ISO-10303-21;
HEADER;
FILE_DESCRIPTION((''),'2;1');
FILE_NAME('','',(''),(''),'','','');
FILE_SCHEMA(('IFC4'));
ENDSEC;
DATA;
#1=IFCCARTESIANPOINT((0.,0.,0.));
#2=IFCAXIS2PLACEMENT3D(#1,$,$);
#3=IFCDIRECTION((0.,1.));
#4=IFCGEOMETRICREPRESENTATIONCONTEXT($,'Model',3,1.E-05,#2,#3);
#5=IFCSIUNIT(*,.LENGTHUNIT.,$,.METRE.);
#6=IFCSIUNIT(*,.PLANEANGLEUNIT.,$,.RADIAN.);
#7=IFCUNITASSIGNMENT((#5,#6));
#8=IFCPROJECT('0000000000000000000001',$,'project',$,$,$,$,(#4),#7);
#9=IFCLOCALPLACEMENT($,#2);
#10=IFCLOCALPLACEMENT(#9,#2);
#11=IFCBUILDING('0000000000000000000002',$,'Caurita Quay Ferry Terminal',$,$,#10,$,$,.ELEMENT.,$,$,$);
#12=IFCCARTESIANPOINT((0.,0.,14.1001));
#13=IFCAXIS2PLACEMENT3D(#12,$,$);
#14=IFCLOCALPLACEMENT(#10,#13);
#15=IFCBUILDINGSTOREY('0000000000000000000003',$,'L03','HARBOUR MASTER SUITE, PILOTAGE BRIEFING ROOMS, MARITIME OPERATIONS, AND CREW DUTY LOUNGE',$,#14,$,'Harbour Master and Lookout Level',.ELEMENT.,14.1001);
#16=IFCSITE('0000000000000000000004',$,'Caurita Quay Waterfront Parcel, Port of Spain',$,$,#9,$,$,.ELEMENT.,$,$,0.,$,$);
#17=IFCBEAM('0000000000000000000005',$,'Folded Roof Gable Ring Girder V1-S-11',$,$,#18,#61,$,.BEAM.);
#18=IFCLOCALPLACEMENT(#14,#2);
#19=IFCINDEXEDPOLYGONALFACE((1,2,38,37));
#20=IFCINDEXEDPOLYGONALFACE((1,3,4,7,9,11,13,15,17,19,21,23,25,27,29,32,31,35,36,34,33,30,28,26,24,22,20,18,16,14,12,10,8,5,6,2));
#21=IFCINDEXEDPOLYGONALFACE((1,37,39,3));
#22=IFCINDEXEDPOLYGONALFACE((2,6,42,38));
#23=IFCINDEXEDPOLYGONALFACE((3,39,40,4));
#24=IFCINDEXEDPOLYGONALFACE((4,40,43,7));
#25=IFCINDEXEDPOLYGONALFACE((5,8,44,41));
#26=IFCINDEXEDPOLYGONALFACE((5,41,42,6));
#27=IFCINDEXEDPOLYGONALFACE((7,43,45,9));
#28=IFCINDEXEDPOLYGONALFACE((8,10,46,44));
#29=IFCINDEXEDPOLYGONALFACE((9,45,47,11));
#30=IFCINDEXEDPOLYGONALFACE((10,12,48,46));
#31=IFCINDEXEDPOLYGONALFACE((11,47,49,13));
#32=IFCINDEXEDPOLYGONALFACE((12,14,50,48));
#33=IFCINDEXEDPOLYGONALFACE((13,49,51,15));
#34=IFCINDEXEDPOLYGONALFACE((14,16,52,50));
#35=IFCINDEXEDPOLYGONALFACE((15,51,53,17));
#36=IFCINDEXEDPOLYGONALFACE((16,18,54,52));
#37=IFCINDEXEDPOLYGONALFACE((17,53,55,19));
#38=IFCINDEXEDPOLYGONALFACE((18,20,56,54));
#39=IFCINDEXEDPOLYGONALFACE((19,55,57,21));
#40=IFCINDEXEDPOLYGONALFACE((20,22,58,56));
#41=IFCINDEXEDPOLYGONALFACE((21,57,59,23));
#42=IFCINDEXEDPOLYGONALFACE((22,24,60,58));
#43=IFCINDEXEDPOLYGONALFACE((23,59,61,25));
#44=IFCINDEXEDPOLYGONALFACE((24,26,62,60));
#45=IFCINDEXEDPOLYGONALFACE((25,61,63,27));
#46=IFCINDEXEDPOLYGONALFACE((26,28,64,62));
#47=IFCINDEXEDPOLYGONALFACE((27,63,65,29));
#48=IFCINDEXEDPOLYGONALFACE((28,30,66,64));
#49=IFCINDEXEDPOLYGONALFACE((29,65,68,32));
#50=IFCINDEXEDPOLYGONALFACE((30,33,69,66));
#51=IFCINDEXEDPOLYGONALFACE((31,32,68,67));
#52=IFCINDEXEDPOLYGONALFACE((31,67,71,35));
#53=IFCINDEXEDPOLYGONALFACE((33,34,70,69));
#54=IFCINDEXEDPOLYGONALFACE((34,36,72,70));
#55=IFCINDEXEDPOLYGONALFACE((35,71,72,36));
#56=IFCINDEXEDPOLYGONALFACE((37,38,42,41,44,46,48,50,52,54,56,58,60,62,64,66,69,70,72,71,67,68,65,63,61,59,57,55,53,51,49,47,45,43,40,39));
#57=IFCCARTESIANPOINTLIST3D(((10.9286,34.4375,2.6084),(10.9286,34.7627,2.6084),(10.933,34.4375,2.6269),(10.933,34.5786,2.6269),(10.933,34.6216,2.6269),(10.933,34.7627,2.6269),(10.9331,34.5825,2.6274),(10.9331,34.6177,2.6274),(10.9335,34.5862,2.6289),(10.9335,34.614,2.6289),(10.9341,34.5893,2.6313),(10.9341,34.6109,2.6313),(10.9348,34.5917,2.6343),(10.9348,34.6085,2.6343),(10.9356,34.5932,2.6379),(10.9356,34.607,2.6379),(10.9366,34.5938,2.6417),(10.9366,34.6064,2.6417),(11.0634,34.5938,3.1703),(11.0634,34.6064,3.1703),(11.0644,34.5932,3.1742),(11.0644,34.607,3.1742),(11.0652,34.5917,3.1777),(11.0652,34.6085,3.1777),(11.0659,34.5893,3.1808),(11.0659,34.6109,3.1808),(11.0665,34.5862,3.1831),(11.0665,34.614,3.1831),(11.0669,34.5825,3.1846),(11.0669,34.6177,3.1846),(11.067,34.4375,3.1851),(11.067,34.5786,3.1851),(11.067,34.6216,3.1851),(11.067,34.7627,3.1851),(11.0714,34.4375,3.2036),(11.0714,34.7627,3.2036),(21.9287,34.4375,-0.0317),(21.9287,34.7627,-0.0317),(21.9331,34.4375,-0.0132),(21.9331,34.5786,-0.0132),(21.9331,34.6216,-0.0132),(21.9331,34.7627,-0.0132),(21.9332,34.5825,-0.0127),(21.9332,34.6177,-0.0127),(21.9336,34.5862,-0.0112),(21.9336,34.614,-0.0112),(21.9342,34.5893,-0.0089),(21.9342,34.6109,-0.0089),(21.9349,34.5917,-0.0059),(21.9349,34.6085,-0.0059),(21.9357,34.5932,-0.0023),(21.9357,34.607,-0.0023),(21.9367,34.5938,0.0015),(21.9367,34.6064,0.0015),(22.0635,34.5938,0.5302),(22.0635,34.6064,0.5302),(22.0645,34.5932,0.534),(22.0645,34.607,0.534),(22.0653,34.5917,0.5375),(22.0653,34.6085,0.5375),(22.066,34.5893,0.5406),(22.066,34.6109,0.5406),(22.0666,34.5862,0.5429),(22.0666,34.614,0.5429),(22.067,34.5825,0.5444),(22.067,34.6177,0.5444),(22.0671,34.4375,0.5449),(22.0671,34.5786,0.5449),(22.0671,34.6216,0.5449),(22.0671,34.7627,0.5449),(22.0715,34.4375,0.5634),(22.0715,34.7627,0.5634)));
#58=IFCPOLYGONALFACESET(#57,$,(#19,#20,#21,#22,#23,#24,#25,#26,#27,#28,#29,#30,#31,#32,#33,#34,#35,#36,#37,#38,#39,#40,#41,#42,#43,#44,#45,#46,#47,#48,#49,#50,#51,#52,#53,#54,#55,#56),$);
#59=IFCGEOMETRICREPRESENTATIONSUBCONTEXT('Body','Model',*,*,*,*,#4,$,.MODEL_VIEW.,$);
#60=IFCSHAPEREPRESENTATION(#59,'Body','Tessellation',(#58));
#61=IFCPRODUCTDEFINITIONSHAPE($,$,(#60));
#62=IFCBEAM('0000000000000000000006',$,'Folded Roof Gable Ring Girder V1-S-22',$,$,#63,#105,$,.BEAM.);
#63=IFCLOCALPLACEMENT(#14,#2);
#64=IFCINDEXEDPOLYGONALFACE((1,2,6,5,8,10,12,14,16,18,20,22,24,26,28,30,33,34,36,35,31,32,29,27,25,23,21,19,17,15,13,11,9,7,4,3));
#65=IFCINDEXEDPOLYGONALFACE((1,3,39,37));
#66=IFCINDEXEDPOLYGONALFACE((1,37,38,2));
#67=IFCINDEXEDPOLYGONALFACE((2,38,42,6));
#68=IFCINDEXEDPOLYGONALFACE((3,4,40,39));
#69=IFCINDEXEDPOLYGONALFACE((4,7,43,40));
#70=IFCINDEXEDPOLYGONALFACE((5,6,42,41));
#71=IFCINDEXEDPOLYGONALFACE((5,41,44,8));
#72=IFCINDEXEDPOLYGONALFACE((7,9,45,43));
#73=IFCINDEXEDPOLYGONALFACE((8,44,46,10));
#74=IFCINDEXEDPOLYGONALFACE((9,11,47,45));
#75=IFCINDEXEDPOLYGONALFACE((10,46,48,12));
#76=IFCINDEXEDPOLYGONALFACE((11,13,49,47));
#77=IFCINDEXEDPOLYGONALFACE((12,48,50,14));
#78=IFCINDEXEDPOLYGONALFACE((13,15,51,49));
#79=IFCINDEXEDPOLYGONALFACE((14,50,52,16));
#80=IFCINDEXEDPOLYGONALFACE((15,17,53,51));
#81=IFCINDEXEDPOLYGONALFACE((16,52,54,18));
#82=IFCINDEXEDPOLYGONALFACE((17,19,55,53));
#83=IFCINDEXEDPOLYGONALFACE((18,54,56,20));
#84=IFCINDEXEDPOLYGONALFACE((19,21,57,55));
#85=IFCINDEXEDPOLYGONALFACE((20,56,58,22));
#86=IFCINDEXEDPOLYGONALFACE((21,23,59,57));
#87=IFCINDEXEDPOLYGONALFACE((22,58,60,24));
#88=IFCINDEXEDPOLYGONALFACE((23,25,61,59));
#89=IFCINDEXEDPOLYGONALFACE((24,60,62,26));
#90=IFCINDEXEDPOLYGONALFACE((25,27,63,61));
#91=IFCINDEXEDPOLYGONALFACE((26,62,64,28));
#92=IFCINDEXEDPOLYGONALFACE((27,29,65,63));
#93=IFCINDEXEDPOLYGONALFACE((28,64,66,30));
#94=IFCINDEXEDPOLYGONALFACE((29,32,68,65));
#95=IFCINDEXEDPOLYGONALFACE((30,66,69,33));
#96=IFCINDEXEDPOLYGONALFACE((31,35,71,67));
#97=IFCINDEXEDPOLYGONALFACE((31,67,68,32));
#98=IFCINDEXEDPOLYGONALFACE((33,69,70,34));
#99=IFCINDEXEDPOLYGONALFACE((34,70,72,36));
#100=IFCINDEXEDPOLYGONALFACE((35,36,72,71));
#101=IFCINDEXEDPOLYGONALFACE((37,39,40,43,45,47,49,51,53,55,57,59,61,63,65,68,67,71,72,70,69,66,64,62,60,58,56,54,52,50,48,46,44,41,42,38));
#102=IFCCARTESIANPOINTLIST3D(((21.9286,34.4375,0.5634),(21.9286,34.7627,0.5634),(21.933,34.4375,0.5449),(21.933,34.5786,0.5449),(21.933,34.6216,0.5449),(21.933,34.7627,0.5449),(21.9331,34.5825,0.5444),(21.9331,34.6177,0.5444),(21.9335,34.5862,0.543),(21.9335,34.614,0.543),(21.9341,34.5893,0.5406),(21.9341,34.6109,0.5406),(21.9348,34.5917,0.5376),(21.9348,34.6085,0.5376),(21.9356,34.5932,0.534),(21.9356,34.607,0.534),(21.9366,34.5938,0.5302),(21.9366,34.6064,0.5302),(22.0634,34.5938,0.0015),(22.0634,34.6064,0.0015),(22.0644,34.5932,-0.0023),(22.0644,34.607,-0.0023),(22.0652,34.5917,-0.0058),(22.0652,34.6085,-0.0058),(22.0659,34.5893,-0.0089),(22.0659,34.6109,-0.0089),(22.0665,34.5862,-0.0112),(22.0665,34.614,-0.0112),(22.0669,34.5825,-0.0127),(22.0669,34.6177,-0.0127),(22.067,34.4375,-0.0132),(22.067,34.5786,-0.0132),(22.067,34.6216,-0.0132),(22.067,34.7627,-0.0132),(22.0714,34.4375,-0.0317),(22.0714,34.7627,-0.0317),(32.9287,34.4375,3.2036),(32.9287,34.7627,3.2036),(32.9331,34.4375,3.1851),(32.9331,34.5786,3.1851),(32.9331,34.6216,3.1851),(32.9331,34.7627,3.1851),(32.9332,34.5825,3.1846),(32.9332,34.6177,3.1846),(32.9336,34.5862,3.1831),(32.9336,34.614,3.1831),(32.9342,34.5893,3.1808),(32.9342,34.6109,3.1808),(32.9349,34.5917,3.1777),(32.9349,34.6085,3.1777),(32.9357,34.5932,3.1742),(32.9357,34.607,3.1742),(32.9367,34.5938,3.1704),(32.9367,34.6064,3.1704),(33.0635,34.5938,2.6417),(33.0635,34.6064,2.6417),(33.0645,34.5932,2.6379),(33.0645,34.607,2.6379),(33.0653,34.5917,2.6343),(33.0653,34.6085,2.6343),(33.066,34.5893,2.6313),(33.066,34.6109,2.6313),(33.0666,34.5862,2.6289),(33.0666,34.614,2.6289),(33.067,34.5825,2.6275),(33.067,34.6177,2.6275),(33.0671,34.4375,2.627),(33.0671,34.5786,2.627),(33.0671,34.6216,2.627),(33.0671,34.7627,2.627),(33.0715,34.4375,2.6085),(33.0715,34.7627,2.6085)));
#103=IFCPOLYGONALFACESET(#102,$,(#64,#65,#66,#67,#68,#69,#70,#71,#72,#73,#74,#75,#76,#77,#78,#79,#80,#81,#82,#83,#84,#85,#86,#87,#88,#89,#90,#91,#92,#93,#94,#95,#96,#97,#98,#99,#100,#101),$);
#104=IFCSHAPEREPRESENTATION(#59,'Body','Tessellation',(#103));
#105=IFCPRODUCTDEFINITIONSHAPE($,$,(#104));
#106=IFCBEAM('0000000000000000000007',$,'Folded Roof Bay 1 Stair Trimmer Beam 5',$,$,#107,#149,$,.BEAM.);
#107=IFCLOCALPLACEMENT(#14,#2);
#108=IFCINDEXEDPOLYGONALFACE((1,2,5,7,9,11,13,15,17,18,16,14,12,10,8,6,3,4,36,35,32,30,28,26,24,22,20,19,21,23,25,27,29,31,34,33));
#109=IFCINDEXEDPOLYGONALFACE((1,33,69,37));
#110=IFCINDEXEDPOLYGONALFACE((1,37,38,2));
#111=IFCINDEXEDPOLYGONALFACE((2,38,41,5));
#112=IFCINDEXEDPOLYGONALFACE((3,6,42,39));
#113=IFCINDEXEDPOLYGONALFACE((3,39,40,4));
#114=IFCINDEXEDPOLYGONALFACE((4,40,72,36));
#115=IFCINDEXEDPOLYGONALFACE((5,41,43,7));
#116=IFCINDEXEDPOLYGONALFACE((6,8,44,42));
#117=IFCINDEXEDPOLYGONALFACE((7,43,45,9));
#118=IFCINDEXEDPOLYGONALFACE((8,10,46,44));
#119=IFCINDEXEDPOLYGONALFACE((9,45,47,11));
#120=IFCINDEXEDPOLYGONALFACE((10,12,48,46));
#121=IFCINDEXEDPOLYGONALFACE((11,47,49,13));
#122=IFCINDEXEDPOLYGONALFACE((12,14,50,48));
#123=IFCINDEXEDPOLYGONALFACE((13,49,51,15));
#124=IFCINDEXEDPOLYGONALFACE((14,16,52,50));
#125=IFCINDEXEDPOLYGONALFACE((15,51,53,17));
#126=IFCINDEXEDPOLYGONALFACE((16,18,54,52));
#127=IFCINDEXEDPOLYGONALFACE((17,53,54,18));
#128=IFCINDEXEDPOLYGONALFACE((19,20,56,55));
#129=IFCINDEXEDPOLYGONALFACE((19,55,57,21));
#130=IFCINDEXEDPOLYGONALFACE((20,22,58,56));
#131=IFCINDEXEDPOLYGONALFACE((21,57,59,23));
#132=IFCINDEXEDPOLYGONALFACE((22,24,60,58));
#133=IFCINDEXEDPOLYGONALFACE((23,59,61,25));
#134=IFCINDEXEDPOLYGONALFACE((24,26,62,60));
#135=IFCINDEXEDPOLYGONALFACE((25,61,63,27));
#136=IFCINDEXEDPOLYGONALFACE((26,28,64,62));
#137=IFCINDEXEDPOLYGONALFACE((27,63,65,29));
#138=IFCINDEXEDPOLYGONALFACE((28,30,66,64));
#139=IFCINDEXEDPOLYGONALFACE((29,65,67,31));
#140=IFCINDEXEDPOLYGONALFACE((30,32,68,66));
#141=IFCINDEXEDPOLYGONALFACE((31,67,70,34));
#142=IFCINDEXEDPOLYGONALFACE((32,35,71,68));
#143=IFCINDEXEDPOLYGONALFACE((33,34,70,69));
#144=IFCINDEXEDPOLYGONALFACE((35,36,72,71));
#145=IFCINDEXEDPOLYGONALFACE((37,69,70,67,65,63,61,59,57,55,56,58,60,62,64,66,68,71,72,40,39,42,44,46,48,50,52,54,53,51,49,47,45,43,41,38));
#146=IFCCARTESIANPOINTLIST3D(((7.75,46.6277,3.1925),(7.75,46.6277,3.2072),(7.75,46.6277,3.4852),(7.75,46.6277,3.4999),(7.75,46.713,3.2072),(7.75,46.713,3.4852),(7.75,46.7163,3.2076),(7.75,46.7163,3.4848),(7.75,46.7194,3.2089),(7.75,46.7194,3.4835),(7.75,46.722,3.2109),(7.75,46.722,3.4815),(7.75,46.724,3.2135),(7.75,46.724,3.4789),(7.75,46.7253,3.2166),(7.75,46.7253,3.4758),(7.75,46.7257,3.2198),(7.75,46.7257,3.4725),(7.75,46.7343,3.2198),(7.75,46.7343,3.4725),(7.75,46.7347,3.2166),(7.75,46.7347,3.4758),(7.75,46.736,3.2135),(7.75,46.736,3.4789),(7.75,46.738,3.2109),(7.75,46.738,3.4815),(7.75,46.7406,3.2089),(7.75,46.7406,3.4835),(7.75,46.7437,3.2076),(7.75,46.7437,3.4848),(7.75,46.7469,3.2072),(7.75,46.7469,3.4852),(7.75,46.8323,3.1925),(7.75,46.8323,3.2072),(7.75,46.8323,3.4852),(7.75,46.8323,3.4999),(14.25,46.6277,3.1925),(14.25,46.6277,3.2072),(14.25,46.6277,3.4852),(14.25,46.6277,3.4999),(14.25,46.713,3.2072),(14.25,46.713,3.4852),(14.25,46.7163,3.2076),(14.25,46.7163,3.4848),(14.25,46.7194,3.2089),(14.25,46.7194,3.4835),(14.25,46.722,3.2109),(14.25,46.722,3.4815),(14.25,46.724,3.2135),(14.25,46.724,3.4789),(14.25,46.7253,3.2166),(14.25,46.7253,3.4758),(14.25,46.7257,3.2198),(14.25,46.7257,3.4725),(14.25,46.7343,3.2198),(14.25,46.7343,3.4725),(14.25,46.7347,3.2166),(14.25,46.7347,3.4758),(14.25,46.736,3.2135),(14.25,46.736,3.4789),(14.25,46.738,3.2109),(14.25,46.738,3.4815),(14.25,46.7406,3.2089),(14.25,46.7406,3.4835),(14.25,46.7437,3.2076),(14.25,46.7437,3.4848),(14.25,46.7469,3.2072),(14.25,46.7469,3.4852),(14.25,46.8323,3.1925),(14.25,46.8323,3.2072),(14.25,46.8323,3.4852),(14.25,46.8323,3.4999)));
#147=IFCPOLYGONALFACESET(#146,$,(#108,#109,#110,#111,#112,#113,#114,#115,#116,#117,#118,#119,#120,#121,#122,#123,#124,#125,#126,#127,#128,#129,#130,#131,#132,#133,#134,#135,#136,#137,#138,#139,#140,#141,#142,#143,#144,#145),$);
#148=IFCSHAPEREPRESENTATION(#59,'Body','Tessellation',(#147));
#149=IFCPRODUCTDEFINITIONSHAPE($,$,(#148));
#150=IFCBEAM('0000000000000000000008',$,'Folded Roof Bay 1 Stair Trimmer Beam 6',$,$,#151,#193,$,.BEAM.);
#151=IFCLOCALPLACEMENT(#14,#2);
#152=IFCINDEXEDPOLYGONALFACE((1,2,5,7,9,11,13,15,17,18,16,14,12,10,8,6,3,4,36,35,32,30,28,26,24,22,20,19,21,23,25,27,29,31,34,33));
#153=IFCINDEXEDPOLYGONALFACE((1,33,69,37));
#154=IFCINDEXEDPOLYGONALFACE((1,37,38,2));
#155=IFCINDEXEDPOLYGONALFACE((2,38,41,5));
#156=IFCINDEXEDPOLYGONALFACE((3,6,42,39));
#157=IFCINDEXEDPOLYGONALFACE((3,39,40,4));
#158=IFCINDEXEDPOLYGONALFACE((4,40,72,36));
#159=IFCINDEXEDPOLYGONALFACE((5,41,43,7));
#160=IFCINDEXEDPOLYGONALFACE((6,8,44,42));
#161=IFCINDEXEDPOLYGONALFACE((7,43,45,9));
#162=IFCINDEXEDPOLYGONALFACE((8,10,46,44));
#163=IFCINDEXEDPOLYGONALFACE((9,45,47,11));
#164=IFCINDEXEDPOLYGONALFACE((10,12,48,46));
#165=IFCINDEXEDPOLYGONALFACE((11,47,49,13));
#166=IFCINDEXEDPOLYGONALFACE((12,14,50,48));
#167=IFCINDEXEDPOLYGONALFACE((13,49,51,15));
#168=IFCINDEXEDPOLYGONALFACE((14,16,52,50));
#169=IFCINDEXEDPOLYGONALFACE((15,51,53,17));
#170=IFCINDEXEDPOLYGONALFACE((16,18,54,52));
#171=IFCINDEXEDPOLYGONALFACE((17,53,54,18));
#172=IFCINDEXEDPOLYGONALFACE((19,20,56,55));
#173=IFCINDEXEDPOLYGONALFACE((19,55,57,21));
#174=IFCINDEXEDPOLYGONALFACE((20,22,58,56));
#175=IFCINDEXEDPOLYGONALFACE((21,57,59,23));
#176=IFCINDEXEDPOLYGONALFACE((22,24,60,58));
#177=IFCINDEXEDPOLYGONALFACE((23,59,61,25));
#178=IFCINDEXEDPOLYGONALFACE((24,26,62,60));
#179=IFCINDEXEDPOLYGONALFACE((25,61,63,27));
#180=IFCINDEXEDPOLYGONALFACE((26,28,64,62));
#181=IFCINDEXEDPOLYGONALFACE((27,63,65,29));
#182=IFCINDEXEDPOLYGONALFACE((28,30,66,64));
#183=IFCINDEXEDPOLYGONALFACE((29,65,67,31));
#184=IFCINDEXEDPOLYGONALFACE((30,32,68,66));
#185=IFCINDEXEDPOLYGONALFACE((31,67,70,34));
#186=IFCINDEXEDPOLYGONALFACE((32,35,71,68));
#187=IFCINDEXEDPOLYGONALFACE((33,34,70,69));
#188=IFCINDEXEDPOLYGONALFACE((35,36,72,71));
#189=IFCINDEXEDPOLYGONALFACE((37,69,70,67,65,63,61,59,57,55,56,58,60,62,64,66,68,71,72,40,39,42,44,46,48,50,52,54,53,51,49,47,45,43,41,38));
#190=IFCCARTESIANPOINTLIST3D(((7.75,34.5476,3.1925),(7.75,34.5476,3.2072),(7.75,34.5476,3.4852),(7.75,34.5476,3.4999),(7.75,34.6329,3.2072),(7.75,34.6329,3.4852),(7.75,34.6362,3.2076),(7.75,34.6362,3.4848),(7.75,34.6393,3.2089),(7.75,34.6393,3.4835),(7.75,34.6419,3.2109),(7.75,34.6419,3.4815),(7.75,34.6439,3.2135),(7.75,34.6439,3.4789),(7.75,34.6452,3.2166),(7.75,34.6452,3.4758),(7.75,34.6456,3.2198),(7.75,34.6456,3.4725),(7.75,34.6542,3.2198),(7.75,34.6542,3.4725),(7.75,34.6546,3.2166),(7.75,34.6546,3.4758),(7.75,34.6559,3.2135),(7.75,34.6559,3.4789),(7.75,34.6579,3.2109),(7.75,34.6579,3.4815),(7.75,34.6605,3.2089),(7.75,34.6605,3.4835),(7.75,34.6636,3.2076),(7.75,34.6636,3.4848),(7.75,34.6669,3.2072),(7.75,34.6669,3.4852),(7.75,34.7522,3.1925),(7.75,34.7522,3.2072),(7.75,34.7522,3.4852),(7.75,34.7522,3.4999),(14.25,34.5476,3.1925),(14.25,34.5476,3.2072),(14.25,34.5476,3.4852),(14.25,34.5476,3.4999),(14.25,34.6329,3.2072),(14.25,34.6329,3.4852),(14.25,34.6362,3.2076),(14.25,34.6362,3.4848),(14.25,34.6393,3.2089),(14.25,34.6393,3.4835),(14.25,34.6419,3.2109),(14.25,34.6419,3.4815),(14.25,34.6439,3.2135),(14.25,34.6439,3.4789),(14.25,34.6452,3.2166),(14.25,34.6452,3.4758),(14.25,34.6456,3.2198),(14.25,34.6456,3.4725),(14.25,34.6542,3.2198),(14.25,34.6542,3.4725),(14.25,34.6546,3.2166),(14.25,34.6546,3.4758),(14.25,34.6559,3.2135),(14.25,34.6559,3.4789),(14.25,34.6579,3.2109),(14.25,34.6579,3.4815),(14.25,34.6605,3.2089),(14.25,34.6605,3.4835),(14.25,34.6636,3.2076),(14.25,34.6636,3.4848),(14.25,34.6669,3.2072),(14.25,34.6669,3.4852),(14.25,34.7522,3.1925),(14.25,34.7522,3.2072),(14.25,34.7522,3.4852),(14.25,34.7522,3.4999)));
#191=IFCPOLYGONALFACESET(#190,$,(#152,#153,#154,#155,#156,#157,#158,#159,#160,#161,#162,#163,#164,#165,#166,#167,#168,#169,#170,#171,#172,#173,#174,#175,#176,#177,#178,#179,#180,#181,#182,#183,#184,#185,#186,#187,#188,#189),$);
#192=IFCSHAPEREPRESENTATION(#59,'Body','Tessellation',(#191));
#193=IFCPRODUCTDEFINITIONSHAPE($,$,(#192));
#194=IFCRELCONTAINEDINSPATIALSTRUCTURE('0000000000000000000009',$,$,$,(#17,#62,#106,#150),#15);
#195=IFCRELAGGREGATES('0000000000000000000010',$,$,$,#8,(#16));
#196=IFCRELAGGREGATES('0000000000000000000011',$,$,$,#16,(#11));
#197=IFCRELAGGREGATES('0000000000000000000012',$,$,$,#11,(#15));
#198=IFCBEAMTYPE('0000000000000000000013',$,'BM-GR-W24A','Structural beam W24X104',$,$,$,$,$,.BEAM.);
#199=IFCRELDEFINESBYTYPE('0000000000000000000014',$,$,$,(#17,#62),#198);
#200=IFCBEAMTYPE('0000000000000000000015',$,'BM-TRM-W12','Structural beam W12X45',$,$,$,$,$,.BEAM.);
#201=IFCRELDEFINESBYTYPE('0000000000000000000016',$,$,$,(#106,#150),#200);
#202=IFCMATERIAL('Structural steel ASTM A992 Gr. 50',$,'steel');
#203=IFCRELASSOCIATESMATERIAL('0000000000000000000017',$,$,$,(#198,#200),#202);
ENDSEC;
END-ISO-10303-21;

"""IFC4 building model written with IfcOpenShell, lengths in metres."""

from ifc_helpers import new_model, si_unit, direction, frame, origin, origin_2d, place, context, subcontext, project, spatial, i_section, extrude, material, material_profile, profile_set, type_object, element, save


model = new_model("IFC4")

# Units and contexts
model_context = context("Model", 3, precision=1e-05, world=origin(), true_north=direction((0.0, 1.0)))
body_context = subcontext(model_context, "Body", "Model", "MODEL_VIEW")
ifc_project = project(units=[si_unit("LENGTHUNIT", "METRE"), si_unit("PLANEANGLEUNIT", "RADIAN")], contexts=[model_context])

# Site, building, storey
site_placement = place(None, origin())
site = spatial("IfcSite", under=ifc_project, at=site_placement, Name="Caurita Quay Waterfront Parcel, Port of Spain", CompositionType="ELEMENT", RefElevation=0.0)
building_placement = place(site_placement, origin())
building = spatial("IfcBuilding", under=site, at=building_placement, Name="Caurita Quay Ferry Terminal", CompositionType="ELEMENT")
storey_placement = place(building_placement, frame((0.0, 0.0, 14.1001)))
storey = spatial("IfcBuildingStorey", under=building, at=storey_placement, Name="L03", Description="HARBOUR MASTER SUITE, PILOTAGE BRIEFING ROOMS, MARITIME OPERATIONS, AND CREW DUTY LOUNGE", LongName="Harbour Master and Lookout Level", CompositionType="ELEMENT", Elevation=14.1001)

# Beams
ifc_material_1 = material(Name="Structural steel ASTM A992 Gr. 50", Category="steel")
ifc_material_profile_1 = material_profile(ifc_material_1, i_section(OverallWidth=0.3252, OverallDepth=0.6121, WebThickness=0.0127, FlangeThickness=0.019, FilletRadius=0.0151, at=origin_2d()), Name="W24X104")
ifc_profile_set_1 = profile_set([ifc_material_profile_1], Name="Structural steel ASTM A992 Gr. 50")
beam_type_1 = type_object("IfcBeamType", Name="BM-GR-W24A", Description="Structural beam W24X104", PredefinedType="BEAM", material=ifc_profile_set_1)
for number, where, z_axis, x_axis, name in (
    (1, (11.0, 34.6001, 2.906), (0.972385, 0.0, -0.233384), (0.0, 1.0, 0.0), "Folded Roof Gable Ring Girder V1-S-11"),
    (2, (22.0, 34.6001, 0.2659), (0.972385, 0.0, 0.233384), (0.0, 1.0, 0.0), "Folded Roof Gable Ring Girder V1-S-22"),
):
    element("IfcBeam", number, at=place(storey_placement, frame(where, z_axis=z_axis, x_axis=x_axis)), inside=storey, type_object=beam_type_1, Name=name, PredefinedType="BEAM", context=body_context, shape_type="SweptSolid", body=[
        extrude(i_section(OverallWidth=0.3252, OverallDepth=0.6121, WebThickness=0.0127, FlangeThickness=0.019, FilletRadius=0.0151, at=origin_2d()), origin(), (0.0, 0.0, 1.0), 11.3125),
    ])
ifc_material_profile_2 = material_profile(ifc_material_1, i_section(OverallWidth=0.2046, OverallDepth=0.3074, WebThickness=0.0085, FlangeThickness=0.0146, FilletRadius=0.0127, at=origin_2d()), Name="W12X45")
ifc_profile_set_2 = profile_set([ifc_material_profile_2], Name="Structural steel ASTM A992 Gr. 50")
beam_type_2 = type_object("IfcBeamType", Name="BM-TRM-W12", Description="Structural beam W12X45", PredefinedType="BEAM", material=ifc_profile_set_2)
for number, where, z_axis, x_axis, name in (
    (3, (7.75, 46.73, 3.3462), (1.0, 0.0, 0.0), (0.0, 1.0, 0.0), "Folded Roof Bay 1 Stair Trimmer Beam 5"),
    (4, (7.75, 34.6499, 3.3462), (1.0, 0.0, 0.0), (0.0, 1.0, 0.0), "Folded Roof Bay 1 Stair Trimmer Beam 6"),
):
    element("IfcBeam", number, at=place(storey_placement, frame(where, z_axis=z_axis, x_axis=x_axis)), inside=storey, type_object=beam_type_2, Name=name, PredefinedType="BEAM", context=body_context, shape_type="SweptSolid", body=[
        extrude(i_section(OverallWidth=0.2046, OverallDepth=0.3074, WebThickness=0.0085, FlangeThickness=0.0146, FilletRadius=0.0127, at=origin_2d()), origin(), (0.0, 0.0, 1.0), 6.5),
    ])

save(model, "model.ifc")
